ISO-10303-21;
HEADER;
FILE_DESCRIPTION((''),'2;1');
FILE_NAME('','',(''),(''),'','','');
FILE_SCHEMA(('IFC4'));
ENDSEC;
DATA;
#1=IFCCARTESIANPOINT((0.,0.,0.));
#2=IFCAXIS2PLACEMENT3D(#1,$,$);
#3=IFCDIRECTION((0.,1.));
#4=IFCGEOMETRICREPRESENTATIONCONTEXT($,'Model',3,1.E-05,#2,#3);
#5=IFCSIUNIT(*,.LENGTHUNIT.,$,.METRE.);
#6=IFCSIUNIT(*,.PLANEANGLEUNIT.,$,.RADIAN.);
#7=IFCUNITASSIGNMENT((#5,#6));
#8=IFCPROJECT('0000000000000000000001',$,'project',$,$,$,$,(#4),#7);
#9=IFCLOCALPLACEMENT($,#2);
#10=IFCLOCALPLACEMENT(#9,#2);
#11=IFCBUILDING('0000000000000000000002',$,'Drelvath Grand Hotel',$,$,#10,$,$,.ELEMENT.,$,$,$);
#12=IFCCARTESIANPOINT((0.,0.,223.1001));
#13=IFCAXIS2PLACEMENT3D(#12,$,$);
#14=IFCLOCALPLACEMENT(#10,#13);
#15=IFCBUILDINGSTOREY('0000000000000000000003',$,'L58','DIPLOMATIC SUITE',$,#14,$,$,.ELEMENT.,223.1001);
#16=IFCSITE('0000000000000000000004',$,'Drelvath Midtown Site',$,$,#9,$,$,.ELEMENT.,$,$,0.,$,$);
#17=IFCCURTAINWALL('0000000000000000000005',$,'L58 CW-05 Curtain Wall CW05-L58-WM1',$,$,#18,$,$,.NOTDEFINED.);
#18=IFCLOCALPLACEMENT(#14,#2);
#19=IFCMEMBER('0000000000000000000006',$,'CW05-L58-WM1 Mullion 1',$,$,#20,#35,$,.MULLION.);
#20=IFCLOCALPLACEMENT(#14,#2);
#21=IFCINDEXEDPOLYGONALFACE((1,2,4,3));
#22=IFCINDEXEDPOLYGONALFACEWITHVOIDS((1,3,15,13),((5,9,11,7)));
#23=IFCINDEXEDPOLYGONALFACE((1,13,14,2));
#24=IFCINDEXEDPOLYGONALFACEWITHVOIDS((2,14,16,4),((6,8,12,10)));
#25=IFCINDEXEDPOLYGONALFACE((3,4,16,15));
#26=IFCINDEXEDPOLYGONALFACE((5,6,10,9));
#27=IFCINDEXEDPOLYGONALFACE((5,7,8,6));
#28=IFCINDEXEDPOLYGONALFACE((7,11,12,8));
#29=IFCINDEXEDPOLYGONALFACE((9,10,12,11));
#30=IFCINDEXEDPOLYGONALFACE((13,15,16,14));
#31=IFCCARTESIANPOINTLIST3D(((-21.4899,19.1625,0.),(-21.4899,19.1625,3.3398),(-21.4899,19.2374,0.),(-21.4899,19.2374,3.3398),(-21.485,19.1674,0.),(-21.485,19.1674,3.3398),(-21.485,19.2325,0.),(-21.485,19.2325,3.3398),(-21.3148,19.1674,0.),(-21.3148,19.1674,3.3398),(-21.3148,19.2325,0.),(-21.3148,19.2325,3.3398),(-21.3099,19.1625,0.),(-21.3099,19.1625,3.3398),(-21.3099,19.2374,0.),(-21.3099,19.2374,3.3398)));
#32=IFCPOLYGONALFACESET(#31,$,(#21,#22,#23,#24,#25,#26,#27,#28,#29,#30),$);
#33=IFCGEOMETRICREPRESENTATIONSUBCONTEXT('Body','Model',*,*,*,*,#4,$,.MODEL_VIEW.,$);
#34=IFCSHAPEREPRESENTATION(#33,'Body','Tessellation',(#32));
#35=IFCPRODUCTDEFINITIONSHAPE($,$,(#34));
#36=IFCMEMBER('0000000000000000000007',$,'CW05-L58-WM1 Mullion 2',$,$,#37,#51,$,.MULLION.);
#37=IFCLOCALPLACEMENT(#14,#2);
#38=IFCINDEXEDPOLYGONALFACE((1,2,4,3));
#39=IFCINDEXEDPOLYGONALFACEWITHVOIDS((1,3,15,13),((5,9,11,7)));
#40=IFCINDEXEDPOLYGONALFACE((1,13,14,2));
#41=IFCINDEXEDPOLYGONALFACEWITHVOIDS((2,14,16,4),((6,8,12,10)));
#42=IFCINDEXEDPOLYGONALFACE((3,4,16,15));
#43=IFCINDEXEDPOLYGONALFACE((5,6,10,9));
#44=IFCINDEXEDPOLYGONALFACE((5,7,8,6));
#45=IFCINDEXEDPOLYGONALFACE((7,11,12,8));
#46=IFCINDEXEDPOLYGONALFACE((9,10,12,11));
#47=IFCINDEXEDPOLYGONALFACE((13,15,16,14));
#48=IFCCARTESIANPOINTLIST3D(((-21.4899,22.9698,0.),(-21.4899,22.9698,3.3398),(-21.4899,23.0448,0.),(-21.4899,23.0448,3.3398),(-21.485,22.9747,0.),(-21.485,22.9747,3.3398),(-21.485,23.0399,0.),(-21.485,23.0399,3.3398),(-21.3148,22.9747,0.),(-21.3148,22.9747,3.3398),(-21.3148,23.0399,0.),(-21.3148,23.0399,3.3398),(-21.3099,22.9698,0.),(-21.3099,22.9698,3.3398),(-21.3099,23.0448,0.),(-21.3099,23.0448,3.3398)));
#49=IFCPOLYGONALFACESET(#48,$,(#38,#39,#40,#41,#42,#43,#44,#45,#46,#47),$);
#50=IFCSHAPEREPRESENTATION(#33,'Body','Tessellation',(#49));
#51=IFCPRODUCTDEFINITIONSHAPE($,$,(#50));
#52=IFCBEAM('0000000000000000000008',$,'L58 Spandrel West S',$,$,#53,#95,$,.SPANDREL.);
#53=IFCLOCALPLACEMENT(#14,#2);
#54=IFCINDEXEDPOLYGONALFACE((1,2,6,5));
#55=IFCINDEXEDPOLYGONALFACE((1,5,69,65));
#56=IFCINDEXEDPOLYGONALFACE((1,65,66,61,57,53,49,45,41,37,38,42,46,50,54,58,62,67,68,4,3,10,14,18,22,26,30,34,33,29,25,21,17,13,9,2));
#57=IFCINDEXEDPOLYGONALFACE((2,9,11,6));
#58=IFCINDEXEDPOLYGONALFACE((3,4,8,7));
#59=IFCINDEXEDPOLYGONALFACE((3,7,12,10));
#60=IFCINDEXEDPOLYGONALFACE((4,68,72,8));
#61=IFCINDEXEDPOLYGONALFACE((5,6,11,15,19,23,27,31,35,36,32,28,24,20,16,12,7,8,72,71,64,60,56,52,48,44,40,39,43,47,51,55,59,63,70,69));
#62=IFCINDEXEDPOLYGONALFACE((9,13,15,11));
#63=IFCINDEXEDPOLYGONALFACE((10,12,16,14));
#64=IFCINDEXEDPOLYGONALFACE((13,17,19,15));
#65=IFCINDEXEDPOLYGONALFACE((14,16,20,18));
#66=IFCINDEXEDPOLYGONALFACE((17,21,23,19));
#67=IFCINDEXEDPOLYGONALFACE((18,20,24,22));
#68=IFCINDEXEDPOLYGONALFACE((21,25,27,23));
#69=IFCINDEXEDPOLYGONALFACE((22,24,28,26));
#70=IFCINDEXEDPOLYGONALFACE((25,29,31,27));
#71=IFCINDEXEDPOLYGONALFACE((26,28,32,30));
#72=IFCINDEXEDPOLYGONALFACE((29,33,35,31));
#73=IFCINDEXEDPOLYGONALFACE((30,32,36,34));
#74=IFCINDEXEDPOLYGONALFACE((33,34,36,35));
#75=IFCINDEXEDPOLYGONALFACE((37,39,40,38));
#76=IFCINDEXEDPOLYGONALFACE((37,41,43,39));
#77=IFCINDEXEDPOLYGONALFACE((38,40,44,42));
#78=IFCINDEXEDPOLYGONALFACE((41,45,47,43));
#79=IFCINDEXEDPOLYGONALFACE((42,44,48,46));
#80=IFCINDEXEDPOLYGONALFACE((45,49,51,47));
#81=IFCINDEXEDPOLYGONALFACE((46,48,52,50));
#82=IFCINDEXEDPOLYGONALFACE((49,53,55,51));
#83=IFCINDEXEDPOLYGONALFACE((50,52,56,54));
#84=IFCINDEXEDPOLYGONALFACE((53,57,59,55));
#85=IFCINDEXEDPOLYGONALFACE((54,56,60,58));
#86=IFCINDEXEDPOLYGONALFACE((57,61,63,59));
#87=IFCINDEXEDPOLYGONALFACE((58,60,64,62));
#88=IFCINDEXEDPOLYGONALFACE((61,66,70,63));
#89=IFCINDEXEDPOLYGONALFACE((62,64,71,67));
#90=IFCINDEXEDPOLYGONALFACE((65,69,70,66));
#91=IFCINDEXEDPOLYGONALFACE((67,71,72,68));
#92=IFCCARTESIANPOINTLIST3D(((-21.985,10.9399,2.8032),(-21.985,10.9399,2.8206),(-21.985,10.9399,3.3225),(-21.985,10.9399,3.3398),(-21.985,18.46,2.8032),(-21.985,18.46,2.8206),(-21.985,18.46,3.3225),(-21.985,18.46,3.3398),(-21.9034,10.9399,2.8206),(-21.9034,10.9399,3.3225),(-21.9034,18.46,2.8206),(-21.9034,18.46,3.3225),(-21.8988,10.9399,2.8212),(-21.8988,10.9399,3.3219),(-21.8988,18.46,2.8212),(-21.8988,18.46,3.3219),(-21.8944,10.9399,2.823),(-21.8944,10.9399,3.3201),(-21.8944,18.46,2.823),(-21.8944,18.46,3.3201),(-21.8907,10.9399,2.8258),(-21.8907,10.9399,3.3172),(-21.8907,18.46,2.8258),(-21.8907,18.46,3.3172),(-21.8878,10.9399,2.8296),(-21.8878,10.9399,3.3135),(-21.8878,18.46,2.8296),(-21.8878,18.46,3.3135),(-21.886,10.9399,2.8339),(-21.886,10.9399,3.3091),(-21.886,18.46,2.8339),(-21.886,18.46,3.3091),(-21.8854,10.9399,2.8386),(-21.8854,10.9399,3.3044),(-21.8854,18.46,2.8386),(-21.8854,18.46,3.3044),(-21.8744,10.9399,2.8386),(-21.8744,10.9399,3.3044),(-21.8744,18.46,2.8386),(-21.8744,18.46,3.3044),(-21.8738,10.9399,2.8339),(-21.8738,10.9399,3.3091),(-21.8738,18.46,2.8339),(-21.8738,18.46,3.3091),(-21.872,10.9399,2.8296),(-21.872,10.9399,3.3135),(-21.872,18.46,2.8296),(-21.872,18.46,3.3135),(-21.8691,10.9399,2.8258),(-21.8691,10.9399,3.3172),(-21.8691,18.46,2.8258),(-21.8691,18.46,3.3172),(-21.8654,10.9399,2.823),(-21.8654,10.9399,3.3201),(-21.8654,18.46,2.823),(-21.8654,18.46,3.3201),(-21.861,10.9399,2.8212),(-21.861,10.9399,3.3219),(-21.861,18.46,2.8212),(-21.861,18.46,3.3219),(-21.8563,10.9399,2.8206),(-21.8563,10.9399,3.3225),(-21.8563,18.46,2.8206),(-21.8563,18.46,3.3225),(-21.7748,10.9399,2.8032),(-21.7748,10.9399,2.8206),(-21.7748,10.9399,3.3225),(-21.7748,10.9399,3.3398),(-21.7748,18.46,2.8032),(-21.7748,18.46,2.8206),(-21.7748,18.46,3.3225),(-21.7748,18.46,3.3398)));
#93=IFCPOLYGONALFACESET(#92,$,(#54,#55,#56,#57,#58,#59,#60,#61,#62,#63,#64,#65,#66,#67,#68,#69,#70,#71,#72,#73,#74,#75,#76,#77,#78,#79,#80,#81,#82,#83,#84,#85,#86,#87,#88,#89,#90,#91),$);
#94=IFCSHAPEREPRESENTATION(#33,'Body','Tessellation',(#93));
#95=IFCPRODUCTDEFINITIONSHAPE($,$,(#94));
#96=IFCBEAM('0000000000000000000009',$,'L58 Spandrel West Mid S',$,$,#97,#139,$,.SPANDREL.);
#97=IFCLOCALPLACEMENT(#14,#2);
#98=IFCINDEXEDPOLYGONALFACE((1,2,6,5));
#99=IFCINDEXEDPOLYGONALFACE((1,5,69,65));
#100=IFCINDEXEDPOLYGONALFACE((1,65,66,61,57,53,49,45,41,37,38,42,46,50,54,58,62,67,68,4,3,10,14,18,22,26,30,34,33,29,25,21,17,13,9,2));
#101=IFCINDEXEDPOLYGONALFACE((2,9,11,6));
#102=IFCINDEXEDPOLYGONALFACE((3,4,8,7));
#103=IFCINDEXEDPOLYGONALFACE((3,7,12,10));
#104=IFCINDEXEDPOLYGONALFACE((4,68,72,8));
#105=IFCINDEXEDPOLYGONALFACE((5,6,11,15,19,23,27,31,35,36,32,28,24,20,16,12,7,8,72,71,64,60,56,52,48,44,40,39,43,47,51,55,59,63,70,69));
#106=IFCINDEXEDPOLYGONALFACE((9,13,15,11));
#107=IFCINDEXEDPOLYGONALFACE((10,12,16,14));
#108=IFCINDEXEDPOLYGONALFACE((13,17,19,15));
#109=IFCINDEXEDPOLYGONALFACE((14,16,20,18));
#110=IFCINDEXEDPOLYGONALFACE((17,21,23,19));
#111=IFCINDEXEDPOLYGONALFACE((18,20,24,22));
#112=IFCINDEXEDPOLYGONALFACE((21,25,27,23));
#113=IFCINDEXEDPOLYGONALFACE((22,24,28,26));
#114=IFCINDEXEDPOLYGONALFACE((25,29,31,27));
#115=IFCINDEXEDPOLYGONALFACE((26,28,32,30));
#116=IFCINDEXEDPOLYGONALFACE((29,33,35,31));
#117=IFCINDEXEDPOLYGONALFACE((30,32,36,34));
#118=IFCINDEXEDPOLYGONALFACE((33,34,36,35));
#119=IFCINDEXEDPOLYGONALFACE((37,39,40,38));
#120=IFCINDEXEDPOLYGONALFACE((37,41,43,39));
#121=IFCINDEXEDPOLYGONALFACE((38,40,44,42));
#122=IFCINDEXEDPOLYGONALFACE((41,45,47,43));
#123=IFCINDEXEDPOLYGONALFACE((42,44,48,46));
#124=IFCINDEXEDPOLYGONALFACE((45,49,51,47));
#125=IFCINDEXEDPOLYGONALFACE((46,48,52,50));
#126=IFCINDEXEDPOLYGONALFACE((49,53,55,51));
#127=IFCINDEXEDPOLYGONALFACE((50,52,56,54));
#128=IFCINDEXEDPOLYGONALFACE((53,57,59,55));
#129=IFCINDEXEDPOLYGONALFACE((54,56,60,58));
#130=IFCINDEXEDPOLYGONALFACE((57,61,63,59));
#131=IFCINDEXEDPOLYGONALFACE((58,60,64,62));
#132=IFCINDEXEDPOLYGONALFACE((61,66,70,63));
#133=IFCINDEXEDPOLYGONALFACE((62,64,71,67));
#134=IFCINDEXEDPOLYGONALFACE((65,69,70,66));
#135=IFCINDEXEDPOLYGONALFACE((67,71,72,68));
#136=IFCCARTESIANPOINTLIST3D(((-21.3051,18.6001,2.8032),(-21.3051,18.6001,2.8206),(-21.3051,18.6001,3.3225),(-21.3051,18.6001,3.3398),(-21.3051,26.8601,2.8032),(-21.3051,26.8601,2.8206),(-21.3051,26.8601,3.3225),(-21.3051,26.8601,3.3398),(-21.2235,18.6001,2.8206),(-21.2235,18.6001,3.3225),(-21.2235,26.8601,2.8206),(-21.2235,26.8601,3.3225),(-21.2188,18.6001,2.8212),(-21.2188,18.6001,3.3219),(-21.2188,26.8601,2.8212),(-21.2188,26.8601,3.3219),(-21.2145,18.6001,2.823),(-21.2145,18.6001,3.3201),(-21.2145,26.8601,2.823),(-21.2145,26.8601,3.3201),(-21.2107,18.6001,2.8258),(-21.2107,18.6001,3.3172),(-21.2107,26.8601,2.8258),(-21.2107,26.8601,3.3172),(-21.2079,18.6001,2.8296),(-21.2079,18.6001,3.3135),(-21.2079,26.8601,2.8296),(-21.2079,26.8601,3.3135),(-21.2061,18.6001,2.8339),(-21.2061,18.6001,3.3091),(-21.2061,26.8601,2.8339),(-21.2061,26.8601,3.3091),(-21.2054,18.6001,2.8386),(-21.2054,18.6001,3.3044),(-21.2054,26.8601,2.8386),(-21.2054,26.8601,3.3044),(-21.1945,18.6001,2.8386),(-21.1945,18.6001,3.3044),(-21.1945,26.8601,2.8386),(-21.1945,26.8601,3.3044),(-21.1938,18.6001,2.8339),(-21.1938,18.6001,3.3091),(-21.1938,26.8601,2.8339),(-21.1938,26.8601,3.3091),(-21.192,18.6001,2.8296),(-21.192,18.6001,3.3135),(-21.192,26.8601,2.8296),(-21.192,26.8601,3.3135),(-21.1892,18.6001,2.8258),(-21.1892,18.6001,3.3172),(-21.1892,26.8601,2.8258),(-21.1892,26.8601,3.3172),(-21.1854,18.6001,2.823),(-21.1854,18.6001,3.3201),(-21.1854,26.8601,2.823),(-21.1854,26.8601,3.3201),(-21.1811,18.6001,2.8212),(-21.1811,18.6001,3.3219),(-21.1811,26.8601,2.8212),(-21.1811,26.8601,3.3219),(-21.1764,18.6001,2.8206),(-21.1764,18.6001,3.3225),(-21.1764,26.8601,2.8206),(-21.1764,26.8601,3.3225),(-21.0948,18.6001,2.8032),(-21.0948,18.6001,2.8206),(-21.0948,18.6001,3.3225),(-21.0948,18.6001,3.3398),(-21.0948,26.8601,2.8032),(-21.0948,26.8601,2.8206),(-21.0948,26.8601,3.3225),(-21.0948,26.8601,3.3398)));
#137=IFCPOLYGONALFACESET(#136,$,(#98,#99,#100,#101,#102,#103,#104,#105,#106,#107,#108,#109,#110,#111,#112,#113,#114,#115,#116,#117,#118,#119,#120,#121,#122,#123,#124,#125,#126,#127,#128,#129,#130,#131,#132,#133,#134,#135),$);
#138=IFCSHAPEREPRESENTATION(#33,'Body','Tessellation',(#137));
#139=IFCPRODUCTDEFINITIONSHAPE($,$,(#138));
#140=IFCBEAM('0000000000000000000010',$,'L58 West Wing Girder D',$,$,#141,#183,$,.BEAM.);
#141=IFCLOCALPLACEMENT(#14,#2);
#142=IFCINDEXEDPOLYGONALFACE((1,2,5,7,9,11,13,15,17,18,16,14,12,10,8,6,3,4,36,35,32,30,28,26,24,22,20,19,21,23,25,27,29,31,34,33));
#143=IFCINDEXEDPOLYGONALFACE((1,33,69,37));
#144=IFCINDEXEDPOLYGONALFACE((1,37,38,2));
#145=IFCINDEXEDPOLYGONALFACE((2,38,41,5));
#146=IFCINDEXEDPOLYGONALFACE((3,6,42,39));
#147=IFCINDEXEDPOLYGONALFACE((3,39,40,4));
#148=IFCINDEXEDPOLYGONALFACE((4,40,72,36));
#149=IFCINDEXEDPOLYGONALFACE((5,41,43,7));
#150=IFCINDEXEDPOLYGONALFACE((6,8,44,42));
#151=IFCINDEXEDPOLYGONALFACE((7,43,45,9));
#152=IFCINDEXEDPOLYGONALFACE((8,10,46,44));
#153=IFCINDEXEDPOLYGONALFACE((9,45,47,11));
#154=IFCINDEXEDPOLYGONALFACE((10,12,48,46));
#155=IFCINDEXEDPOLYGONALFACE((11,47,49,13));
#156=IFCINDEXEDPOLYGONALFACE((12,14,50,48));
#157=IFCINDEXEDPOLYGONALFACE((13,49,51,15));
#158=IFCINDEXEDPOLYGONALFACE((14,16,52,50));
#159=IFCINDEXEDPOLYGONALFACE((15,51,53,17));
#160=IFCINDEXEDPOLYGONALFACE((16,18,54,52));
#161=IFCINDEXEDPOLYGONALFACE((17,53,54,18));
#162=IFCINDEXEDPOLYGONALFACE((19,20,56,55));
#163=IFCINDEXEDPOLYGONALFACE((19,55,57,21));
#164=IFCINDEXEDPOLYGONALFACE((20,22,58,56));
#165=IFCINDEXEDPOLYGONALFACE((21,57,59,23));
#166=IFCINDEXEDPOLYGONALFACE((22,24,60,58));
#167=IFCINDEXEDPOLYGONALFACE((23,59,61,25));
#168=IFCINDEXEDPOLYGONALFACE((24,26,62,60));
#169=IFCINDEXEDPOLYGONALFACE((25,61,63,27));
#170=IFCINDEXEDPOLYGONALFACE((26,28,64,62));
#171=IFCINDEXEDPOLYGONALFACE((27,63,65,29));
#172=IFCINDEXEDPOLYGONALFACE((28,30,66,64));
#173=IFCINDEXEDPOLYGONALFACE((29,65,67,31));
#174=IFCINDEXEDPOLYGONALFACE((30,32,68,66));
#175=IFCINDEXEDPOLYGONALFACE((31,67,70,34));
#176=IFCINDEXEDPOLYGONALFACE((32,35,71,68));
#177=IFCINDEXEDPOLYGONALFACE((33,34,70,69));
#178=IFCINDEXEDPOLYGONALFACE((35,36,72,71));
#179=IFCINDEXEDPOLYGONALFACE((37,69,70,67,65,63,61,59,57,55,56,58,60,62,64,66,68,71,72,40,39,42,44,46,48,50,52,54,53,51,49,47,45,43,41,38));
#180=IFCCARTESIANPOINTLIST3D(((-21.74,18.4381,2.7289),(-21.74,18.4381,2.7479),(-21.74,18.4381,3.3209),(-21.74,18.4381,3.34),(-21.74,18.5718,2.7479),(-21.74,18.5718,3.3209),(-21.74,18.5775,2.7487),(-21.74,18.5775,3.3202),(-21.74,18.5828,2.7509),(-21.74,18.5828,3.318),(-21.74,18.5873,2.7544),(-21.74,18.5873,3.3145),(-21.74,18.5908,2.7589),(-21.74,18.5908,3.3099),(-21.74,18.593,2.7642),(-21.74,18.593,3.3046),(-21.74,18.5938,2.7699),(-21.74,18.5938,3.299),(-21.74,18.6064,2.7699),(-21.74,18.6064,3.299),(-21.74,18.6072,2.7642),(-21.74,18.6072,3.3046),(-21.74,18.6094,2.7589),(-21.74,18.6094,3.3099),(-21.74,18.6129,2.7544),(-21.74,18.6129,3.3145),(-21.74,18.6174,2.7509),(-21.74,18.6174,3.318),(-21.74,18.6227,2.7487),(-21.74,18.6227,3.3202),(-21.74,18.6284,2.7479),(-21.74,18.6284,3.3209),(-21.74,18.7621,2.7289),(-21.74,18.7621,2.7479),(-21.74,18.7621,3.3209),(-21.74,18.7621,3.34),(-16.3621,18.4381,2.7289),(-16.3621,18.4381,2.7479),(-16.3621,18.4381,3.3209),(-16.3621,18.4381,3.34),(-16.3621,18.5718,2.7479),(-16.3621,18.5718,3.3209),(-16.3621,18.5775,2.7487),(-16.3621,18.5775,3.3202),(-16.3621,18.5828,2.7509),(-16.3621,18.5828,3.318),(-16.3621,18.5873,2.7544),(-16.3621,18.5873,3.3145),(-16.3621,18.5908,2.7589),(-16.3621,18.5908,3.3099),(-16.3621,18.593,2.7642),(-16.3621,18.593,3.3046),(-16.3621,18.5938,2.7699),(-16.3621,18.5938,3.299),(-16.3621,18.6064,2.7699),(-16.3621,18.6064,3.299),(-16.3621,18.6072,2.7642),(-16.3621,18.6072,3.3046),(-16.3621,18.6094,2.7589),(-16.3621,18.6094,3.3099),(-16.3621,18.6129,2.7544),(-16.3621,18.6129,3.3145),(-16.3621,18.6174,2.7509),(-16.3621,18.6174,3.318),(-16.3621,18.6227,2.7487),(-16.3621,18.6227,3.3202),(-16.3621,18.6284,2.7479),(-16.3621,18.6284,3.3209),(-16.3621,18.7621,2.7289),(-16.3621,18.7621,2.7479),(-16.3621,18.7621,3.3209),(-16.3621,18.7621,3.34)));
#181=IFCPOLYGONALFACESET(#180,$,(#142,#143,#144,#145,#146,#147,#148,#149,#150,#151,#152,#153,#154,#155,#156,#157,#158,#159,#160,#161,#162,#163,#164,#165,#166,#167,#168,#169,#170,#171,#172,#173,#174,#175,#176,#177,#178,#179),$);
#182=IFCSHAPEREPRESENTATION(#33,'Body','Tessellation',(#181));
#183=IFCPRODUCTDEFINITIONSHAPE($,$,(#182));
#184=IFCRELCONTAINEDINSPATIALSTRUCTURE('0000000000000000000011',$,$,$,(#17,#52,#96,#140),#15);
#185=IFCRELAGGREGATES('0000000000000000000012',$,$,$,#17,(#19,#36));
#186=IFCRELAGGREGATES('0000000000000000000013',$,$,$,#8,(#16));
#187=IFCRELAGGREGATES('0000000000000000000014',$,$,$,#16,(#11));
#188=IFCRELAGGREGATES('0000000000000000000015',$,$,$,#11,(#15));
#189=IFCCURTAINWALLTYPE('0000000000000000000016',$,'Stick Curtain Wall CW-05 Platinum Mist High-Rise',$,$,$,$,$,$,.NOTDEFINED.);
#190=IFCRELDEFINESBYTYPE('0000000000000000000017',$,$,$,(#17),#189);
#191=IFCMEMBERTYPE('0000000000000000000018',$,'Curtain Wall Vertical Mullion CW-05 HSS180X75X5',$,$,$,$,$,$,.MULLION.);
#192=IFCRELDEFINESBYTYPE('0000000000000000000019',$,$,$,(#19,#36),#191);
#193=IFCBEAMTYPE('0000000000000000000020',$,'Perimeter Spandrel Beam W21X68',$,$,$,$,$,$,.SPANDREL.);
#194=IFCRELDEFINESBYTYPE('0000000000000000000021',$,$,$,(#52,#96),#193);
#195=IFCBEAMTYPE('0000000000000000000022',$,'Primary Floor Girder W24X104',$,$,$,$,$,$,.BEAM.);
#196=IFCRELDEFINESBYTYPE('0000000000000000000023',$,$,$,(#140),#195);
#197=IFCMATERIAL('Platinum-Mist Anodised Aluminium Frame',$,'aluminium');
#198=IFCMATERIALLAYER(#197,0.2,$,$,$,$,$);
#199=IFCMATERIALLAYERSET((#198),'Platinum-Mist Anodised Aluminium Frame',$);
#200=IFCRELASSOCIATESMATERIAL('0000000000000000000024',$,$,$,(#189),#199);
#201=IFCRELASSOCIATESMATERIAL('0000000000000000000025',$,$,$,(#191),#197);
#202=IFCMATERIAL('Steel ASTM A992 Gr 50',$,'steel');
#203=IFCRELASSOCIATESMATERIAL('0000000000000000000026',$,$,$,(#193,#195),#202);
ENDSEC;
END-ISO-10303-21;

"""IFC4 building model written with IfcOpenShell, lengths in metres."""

from ifc_helpers import new_model, si_unit, direction, frame, origin, origin_2d, place, context, subcontext, project, spatial, hollow_rectangle, i_section, extrude, material, layer, layer_set, material_profile, profile_set, type_object, element, aggregate, save


model = new_model("IFC4")

# Units and contexts
model_context = context("Model", 3, precision=1e-05, world=origin(), true_north=direction((0.0, 1.0)))
body_context = subcontext(model_context, "Body", "Model", "MODEL_VIEW")
ifc_project = project(units=[si_unit("LENGTHUNIT", "METRE"), si_unit("PLANEANGLEUNIT", "RADIAN")], contexts=[model_context])

# Site, building, storey
site_placement = place(None, origin())
site = spatial("IfcSite", under=ifc_project, at=site_placement, Name="Drelvath Midtown Site", CompositionType="ELEMENT", RefElevation=0.0)
building_placement = place(site_placement, origin())
building = spatial("IfcBuilding", under=site, at=building_placement, Name="Drelvath Grand Hotel", CompositionType="ELEMENT")
storey_placement = place(building_placement, frame((0.0, 0.0, 223.1001)))
storey = spatial("IfcBuildingStorey", under=building, at=storey_placement, Name="L58", Description="DIPLOMATIC SUITE", CompositionType="ELEMENT", Elevation=223.1001)

# Shared definitions
ifc_material_1 = material(Name="Steel ASTM A992 Gr 50", Category="steel")

# Curtain wall
ifc_material_2 = material(Name="Platinum-Mist Anodised Aluminium Frame", Category="aluminium")
ifc_layer_1 = layer(ifc_material_2, 0.2)
ifc_layer_set_1 = layer_set([ifc_layer_1], Name="Platinum-Mist Anodised Aluminium Frame")
curtain_wall_type = type_object("IfcCurtainWallType", Name="Stick Curtain Wall CW-05 Platinum Mist High-Rise", PredefinedType="NOTDEFINED", material=ifc_layer_set_1)
curtain_wall_1_placement = place(storey_placement, origin())
curtain_wall_1 = element("IfcCurtainWall", 1, at=curtain_wall_1_placement, inside=storey, type_object=curtain_wall_type, Name="L58 CW-05 Curtain Wall CW05-L58-WM1", PredefinedType="NOTDEFINED")

# Members
ifc_material_profile_1 = material_profile(ifc_material_2, hollow_rectangle(XDim=0.075, YDim=0.1799, WallThickness=0.0049, at=origin_2d()), Name="HSS180X75X5")
ifc_profile_set_1 = profile_set([ifc_material_profile_1], Name="Platinum-Mist Anodised Aluminium Frame")
member_type_1 = type_object("IfcMemberType", Name="Curtain Wall Vertical Mullion CW-05 HSS180X75X5", PredefinedType="MULLION", material=ifc_profile_set_1)
member_1_placement = place(storey_placement, frame((-21.3999, 19.2, 0.0), z_axis=(0.0, 0.0, 1.0), x_axis=(0.0, 1.0, 0.0)))
member_1 = element("IfcMember", 2, at=member_1_placement, type_object=member_type_1, Name="CW05-L58-WM1 Mullion 1", PredefinedType="MULLION", context=body_context, shape_type="SweptSolid", body=[
    extrude(hollow_rectangle(XDim=0.075, YDim=0.1799, WallThickness=0.0049, at=origin_2d()), origin(), (0.0, 0.0, 1.0), 3.3398),
])
member_2_placement = place(storey_placement, frame((-21.3999, 23.0073, 0.0), z_axis=(0.0, 0.0, 1.0), x_axis=(0.0, 1.0, 0.0)))
member_2 = element("IfcMember", 3, at=member_2_placement, type_object=member_type_1, Name="CW05-L58-WM1 Mullion 2", PredefinedType="MULLION", context=body_context, shape_type="SweptSolid", body=[
    extrude(hollow_rectangle(XDim=0.075, YDim=0.1799, WallThickness=0.0049, at=origin_2d()), origin(), (0.0, 0.0, 1.0), 3.3398),
])

# Beams
ifc_material_profile_2 = material_profile(ifc_material_1, i_section(OverallWidth=0.2102, OverallDepth=0.5366, WebThickness=0.011, FlangeThickness=0.0173, FilletRadius=0.0181, at=origin_2d()), Name="W21X68")
ifc_profile_set_2 = profile_set([ifc_material_profile_2], Name="Steel ASTM A992 Gr 50")
beam_type_1 = type_object("IfcBeamType", Name="Perimeter Spandrel Beam W21X68", PredefinedType="SPANDREL", material=ifc_profile_set_2)
beam_1_placement = place(storey_placement, frame((-21.8799, 10.9399, 3.0715), z_axis=(0.0, 1.0, 0.0), x_axis=(-1.0, 0.0, 0.0)))
element("IfcBeam", 4, at=beam_1_placement, inside=storey, type_object=beam_type_1, Name="L58 Spandrel West S", PredefinedType="SPANDREL", context=body_context, shape_type="SweptSolid", body=[
    extrude(i_section(OverallWidth=0.2102, OverallDepth=0.5366, WebThickness=0.011, FlangeThickness=0.0173, FilletRadius=0.0181, at=origin_2d()), origin(), (0.0, 0.0, 1.0), 7.52),
])
beam_2_placement = place(storey_placement, frame((-21.2, 18.6001, 3.0715), z_axis=(0.0, 1.0, 0.0), x_axis=(-1.0, 0.0, 0.0)))
element("IfcBeam", 5, at=beam_2_placement, inside=storey, type_object=beam_type_1, Name="L58 Spandrel West Mid S", PredefinedType="SPANDREL", context=body_context, shape_type="SweptSolid", body=[
    extrude(i_section(OverallWidth=0.2102, OverallDepth=0.5366, WebThickness=0.011, FlangeThickness=0.0173, FilletRadius=0.0181, at=origin_2d()), origin(), (0.0, 0.0, 1.0), 8.26),
])
ifc_material_profile_3 = material_profile(ifc_material_1, i_section(OverallWidth=0.324, OverallDepth=0.6111, WebThickness=0.0127, FlangeThickness=0.019, FilletRadius=0.022, at=origin_2d()), Name="W24X104")
ifc_profile_set_3 = profile_set([ifc_material_profile_3], Name="Steel ASTM A992 Gr 50")
beam_type_2 = type_object("IfcBeamType", Name="Primary Floor Girder W24X104", PredefinedType="BEAM", material=ifc_profile_set_3)
beam_3_placement = place(storey_placement, frame((-21.74, 18.6001, 3.0344), z_axis=(1.0, 0.0, 0.0), x_axis=(0.0, 1.0, 0.0)))
element("IfcBeam", 6, at=beam_3_placement, inside=storey, type_object=beam_type_2, Name="L58 West Wing Girder D", PredefinedType="BEAM", context=body_context, shape_type="SweptSolid", body=[
    extrude(i_section(OverallWidth=0.324, OverallDepth=0.6111, WebThickness=0.0127, FlangeThickness=0.019, FilletRadius=0.022, at=origin_2d()), origin(), (0.0, 0.0, 1.0), 5.3779),
])

aggregate(curtain_wall_1, [member_1, member_2])

save(model, "model.ifc")
